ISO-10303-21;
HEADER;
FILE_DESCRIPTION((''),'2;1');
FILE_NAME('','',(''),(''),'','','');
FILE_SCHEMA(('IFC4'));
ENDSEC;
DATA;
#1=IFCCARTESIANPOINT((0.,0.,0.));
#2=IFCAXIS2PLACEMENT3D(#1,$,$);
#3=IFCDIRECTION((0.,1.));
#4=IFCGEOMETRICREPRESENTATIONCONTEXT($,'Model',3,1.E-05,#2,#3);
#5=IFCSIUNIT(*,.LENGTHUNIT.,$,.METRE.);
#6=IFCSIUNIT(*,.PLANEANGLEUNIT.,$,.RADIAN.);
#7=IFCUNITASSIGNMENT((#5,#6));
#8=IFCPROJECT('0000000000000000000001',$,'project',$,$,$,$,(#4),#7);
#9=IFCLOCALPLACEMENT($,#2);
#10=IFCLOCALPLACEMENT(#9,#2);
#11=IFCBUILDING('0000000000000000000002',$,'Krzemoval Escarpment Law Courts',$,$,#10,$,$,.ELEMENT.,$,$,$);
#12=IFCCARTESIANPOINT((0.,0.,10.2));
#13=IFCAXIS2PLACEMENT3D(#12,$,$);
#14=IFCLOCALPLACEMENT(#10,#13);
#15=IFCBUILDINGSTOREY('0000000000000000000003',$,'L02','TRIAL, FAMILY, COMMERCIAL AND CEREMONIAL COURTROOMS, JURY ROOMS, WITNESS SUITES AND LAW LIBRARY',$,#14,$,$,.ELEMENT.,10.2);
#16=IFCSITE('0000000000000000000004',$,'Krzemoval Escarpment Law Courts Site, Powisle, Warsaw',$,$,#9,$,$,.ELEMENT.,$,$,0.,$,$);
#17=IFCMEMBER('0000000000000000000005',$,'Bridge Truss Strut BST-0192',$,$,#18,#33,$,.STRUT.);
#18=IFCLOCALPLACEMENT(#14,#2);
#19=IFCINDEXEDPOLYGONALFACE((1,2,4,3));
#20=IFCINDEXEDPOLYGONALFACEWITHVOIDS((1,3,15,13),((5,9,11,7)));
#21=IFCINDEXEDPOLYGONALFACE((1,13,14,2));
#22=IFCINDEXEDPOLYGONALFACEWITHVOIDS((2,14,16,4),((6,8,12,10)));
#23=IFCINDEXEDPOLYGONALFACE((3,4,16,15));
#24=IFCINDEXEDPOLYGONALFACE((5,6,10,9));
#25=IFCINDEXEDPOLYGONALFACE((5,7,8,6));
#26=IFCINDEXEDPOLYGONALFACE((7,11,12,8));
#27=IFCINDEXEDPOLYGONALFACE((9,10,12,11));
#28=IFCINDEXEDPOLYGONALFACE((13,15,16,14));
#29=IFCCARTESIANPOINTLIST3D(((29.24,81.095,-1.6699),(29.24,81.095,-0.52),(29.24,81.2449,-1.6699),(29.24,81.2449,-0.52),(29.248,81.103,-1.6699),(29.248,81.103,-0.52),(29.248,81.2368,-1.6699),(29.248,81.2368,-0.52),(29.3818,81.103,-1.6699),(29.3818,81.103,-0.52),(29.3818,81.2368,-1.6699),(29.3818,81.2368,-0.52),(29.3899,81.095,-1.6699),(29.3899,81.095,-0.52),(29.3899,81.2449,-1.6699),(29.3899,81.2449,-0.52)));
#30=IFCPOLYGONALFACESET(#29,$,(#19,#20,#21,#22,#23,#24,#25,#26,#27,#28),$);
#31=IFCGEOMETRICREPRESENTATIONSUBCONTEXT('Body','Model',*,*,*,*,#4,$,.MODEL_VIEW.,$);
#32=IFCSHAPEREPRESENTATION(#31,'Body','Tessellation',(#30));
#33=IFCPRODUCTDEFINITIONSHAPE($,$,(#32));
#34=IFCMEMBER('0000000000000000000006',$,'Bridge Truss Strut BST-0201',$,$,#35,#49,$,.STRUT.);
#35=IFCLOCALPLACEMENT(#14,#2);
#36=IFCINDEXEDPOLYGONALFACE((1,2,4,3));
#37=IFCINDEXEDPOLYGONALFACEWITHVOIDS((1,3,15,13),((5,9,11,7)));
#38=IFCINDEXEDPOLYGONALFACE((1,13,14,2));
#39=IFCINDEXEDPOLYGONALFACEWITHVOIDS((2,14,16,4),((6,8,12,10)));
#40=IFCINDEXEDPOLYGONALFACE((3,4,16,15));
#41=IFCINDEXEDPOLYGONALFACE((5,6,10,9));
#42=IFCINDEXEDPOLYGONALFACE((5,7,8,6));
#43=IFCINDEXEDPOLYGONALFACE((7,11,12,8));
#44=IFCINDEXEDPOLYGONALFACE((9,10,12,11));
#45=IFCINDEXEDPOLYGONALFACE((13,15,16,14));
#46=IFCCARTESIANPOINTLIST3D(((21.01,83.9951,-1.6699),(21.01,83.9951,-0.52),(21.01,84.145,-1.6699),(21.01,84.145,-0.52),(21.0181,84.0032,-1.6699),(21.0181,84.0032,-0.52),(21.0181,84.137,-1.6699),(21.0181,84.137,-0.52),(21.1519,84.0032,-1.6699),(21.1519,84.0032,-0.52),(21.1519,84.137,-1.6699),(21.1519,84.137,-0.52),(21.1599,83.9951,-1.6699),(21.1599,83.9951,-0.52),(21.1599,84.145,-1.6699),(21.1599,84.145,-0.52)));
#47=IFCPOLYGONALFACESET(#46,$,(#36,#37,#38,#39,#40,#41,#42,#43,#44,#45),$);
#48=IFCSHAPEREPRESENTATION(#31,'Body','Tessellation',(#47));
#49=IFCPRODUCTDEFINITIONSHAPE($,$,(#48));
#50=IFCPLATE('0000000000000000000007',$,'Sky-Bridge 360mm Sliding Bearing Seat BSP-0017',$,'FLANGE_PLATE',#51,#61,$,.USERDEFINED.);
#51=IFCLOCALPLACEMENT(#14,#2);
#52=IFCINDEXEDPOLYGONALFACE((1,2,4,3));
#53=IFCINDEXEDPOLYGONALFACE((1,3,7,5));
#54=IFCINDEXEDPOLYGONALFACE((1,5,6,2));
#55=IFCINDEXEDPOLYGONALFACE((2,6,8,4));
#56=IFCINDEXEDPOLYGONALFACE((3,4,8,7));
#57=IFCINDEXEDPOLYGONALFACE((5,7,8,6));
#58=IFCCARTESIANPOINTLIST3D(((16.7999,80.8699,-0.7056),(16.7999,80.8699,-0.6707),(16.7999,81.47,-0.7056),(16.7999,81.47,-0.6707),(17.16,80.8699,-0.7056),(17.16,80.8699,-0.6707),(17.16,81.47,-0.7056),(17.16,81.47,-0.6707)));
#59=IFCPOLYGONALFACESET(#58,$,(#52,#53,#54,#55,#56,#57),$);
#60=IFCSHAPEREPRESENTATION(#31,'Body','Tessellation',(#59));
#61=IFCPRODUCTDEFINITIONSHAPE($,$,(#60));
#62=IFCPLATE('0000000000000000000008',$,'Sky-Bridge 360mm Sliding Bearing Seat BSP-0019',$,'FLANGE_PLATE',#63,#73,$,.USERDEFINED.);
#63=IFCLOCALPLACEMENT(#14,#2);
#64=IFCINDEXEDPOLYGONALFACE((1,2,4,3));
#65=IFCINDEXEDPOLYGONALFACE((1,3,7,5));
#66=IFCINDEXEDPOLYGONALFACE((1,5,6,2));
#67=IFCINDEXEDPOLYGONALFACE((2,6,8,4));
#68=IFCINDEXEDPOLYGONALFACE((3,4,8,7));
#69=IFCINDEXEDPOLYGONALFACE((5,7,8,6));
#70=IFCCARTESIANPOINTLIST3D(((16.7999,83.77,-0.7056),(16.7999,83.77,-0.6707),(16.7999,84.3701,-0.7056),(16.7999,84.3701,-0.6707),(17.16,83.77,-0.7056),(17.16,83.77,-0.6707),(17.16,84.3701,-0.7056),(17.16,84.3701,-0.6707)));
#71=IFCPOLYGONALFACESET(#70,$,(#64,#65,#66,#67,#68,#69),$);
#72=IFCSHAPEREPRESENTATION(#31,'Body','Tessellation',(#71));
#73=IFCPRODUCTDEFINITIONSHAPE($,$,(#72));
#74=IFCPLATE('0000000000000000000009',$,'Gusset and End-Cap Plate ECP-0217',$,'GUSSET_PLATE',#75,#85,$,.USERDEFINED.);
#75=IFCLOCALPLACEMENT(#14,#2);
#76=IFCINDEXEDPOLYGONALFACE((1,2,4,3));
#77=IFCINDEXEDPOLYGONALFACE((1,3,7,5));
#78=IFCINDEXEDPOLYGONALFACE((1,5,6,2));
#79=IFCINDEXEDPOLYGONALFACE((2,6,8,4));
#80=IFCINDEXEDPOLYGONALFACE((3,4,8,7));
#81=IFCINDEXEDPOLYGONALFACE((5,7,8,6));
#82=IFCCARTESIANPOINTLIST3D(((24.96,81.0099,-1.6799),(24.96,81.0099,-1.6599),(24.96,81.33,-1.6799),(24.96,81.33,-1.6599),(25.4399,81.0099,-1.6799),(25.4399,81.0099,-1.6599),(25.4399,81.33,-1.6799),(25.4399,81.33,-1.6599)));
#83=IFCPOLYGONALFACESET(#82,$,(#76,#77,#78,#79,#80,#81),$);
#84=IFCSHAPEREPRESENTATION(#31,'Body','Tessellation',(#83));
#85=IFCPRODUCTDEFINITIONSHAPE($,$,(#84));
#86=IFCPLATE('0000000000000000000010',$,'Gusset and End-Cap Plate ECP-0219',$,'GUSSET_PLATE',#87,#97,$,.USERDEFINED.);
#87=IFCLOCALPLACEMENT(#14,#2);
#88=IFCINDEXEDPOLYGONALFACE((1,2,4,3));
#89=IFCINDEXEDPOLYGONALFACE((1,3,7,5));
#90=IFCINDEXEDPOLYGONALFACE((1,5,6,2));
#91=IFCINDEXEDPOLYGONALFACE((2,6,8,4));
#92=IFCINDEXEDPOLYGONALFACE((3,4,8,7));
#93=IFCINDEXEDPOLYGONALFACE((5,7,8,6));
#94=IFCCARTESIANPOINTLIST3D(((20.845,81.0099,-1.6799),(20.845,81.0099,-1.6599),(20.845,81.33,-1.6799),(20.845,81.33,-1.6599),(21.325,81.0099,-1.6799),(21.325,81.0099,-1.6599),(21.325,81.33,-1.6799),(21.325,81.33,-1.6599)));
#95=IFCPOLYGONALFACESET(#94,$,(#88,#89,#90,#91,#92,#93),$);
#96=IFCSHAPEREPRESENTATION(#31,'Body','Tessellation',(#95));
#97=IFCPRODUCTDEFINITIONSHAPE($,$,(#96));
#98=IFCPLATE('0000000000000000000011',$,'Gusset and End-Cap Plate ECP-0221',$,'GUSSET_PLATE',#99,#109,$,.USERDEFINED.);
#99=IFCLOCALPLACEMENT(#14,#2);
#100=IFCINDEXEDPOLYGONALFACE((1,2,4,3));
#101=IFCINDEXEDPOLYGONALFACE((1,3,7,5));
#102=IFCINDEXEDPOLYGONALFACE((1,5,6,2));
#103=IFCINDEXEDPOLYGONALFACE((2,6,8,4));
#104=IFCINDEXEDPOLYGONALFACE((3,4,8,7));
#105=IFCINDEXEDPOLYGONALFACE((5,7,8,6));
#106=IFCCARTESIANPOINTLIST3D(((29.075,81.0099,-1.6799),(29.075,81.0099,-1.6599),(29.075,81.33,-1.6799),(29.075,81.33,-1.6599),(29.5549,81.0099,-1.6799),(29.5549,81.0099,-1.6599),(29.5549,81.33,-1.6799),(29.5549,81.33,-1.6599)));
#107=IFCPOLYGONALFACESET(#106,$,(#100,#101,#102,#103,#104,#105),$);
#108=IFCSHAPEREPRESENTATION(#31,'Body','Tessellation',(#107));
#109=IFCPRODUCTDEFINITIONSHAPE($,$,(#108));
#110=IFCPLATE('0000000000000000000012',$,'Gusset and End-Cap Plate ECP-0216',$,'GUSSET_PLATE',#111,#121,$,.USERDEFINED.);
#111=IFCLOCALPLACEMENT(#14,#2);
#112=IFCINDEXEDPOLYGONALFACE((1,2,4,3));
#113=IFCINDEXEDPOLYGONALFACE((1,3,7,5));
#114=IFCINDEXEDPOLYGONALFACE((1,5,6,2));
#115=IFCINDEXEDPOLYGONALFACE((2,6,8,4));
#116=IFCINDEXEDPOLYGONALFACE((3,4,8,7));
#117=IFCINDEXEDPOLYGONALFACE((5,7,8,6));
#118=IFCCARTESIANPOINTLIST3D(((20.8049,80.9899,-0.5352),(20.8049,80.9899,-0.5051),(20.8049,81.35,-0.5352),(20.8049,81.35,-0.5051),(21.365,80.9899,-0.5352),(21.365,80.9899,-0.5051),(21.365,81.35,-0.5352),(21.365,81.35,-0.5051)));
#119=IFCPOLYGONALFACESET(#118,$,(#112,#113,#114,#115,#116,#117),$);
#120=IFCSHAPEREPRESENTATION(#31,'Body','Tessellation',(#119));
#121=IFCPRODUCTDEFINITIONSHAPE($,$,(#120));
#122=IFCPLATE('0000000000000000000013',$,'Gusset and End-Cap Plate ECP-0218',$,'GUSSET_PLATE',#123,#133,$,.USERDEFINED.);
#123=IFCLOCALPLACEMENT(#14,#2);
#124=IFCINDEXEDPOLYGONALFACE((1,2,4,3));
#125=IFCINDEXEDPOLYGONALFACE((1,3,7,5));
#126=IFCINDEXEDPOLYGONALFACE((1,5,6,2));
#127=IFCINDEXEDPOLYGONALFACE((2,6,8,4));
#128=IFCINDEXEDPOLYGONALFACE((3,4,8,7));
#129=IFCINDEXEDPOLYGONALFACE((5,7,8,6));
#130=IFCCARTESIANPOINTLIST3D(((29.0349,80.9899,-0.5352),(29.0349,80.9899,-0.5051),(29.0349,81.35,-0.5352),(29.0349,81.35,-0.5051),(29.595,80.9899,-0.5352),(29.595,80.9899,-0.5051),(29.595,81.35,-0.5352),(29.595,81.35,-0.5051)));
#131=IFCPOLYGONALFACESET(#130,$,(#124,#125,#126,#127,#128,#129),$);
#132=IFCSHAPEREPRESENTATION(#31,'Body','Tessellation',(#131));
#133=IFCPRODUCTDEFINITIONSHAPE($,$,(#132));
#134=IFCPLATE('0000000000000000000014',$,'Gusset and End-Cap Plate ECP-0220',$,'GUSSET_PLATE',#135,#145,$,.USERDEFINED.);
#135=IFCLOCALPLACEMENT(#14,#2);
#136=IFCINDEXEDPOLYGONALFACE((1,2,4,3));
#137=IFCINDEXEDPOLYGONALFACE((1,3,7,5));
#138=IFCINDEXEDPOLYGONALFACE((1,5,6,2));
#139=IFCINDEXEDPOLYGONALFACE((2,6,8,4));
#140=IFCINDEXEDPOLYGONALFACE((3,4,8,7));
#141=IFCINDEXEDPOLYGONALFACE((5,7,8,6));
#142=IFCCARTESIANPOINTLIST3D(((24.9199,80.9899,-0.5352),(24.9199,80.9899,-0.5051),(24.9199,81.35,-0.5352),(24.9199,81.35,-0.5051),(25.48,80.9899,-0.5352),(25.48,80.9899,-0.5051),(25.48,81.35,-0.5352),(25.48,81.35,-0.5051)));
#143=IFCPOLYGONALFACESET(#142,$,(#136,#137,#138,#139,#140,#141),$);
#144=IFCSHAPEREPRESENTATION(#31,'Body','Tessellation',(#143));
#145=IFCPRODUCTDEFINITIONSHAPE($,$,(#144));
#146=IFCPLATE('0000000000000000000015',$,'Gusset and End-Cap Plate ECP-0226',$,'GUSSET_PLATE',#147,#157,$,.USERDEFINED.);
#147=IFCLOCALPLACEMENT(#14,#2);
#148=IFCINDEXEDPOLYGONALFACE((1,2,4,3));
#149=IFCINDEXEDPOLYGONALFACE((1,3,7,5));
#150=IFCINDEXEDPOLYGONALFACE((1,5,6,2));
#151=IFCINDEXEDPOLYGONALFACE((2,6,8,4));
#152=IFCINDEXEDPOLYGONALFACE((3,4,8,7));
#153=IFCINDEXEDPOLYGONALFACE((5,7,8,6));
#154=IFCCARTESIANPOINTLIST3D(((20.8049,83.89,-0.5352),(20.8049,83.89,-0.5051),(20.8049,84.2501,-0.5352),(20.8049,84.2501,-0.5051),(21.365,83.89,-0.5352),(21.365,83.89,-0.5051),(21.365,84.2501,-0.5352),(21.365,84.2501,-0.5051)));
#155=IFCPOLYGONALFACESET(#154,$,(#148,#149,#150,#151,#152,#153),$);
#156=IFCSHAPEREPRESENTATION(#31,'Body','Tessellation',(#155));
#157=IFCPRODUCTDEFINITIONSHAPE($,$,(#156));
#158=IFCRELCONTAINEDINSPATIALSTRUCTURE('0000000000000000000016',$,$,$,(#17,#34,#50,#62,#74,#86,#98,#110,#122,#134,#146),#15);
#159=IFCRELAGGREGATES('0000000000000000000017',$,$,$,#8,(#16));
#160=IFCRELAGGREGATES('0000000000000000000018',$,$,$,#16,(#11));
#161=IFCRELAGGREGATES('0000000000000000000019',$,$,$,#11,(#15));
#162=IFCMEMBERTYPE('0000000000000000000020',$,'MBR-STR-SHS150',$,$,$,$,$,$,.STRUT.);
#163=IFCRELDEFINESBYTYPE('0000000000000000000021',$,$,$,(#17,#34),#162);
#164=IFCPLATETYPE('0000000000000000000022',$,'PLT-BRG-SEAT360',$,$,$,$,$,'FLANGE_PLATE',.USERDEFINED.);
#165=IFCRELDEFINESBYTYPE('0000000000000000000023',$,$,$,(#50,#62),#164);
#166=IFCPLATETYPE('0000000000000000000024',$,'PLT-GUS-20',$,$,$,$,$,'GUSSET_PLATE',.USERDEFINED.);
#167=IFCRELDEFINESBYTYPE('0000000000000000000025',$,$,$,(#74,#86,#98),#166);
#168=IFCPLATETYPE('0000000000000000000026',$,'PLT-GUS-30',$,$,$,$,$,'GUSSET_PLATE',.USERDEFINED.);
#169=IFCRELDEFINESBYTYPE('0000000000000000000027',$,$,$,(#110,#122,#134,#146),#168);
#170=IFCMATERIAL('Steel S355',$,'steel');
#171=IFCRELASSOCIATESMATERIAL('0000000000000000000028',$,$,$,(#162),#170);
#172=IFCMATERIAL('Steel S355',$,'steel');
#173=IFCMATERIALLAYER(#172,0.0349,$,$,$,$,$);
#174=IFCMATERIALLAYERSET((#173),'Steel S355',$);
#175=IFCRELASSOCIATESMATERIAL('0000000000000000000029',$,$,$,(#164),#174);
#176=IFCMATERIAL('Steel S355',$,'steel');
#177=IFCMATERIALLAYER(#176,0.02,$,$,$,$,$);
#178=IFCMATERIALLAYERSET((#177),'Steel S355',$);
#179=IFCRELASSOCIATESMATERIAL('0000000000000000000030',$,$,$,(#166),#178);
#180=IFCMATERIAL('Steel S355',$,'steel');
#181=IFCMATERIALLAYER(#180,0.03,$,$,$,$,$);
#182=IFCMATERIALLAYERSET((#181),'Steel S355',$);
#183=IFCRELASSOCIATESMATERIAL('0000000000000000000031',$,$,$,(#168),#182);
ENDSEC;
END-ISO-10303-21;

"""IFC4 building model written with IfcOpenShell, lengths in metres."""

from ifc_helpers import new_model, si_unit, direction, frame, origin, origin_2d, place, context, subcontext, project, spatial, rectangle, hollow_rectangle, extrude, material, layer, layer_set, material_profile, profile_set, type_object, element, save


model = new_model("IFC4")

# Units and contexts
model_context = context("Model", 3, precision=1e-05, world=origin(), true_north=direction((0.0, 1.0)))
body_context = subcontext(model_context, "Body", "Model", "MODEL_VIEW")
ifc_project = project(units=[si_unit("LENGTHUNIT", "METRE"), si_unit("PLANEANGLEUNIT", "RADIAN")], contexts=[model_context])

# Site, building, storey
site_placement = place(None, origin())
site = spatial("IfcSite", under=ifc_project, at=site_placement, Name="Krzemoval Escarpment Law Courts Site, Powisle, Warsaw", CompositionType="ELEMENT", RefElevation=0.0)
building_placement = place(site_placement, origin())
building = spatial("IfcBuilding", under=site, at=building_placement, Name="Krzemoval Escarpment Law Courts", CompositionType="ELEMENT")
storey_placement = place(building_placement, frame((0.0, 0.0, 10.2)))
storey = spatial("IfcBuildingStorey", under=building, at=storey_placement, Name="L02", Description="TRIAL, FAMILY, COMMERCIAL AND CEREMONIAL COURTROOMS, JURY ROOMS, WITNESS SUITES AND LAW LIBRARY", CompositionType="ELEMENT", Elevation=10.2)

# Members
ifc_material_1 = material(Name="Steel S355", Category="steel")
ifc_material_profile_1 = material_profile(ifc_material_1, hollow_rectangle(XDim=0.1499, YDim=0.1499, WallThickness=0.0081, at=origin_2d()), Name="SHS 150x150x8")
ifc_profile_set_1 = profile_set([ifc_material_profile_1], Name="Steel S355")
member_type_1 = type_object("IfcMemberType", Name="MBR-STR-SHS150", PredefinedType="STRUT", material=ifc_profile_set_1)
for number, where, z_axis, x_axis, name in (
    (1, (29.3149, 81.1699, -1.6699), (0.0, 0.0, 1.0), (1.0, 0.0, 0.0), "Bridge Truss Strut BST-0192"),
    (2, (21.085, 84.0701, -1.6699), (0.0, 0.0, 1.0), (1.0, 0.0, 0.0), "Bridge Truss Strut BST-0201"),
):
    element("IfcMember", number, at=place(storey_placement, frame(where, z_axis=z_axis, x_axis=x_axis)), inside=storey, type_object=member_type_1, Name=name, PredefinedType="STRUT", context=body_context, shape_type="SweptSolid", body=[
        extrude(hollow_rectangle(XDim=0.1499, YDim=0.1499, WallThickness=0.0081, at=origin_2d()), origin(), (0.0, 0.0, 1.0), 1.1499),
    ])

# Plates
ifc_material_2 = material(Name="Steel S355", Category="steel")
ifc_layer_1 = layer(ifc_material_2, 0.0349)
ifc_layer_set_1 = layer_set([ifc_layer_1], Name="Steel S355")
plate_type_1 = type_object("IfcPlateType", Name="PLT-BRG-SEAT360", ElementType="FLANGE_PLATE", PredefinedType="USERDEFINED", material=ifc_layer_set_1)
for number, where, z_axis, x_axis, name in (
    (3, (16.98, 81.1699, -0.7056), (0.0, 0.0, 1.0), (1.0, 0.0, 0.0), "Sky-Bridge 360mm Sliding Bearing Seat BSP-0017"),
    (4, (16.98, 84.0701, -0.7056), (0.0, 0.0, 1.0), (1.0, 0.0, 0.0), "Sky-Bridge 360mm Sliding Bearing Seat BSP-0019"),
):
    element("IfcPlate", number, at=place(storey_placement, frame(where, z_axis=z_axis, x_axis=x_axis)), inside=storey, type_object=plate_type_1, Name=name, ObjectType="FLANGE_PLATE", PredefinedType="USERDEFINED", context=body_context, shape_type="SweptSolid", body=[
        extrude(rectangle(XDim=0.3601, YDim=0.6001, at=origin_2d()), origin(), (0.0, 0.0, 1.0), 0.0349),
    ])
ifc_material_3 = material(Name="Steel S355", Category="steel")
ifc_layer_2 = layer(ifc_material_3, 0.02)
ifc_layer_set_2 = layer_set([ifc_layer_2], Name="Steel S355")
plate_type_2 = type_object("IfcPlateType", Name="PLT-GUS-20", ElementType="GUSSET_PLATE", PredefinedType="USERDEFINED", material=ifc_layer_set_2)
for number, where, z_axis, x_axis, name in (
    (5, (25.2, 81.1699, -1.6799), (0.0, 0.0, 1.0), (1.0, 0.0, 0.0), "Gusset and End-Cap Plate ECP-0217"),
    (6, (21.085, 81.1699, -1.6799), (0.0, 0.0, 1.0), (1.0, 0.0, 0.0), "Gusset and End-Cap Plate ECP-0219"),
    (7, (29.3149, 81.1699, -1.6799), (0.0, 0.0, 1.0), (1.0, 0.0, 0.0), "Gusset and End-Cap Plate ECP-0221"),
):
    element("IfcPlate", number, at=place(storey_placement, frame(where, z_axis=z_axis, x_axis=x_axis)), inside=storey, type_object=plate_type_2, Name=name, ObjectType="GUSSET_PLATE", PredefinedType="USERDEFINED", context=body_context, shape_type="SweptSolid", body=[
        extrude(rectangle(XDim=0.48, YDim=0.3201, at=origin_2d()), origin(), (0.0, 0.0, 1.0), 0.02),
    ])
ifc_material_4 = material(Name="Steel S355", Category="steel")
ifc_layer_3 = layer(ifc_material_4, 0.03)
ifc_layer_set_3 = layer_set([ifc_layer_3], Name="Steel S355")
plate_type_3 = type_object("IfcPlateType", Name="PLT-GUS-30", ElementType="GUSSET_PLATE", PredefinedType="USERDEFINED", material=ifc_layer_set_3)
for number, where, z_axis, x_axis, name in (
    (8, (21.085, 81.1699, -0.5352), (0.0, 0.0, 1.0), (1.0, 0.0, 0.0), "Gusset and End-Cap Plate ECP-0216"),
    (9, (29.3149, 81.1699, -0.5352), (0.0, 0.0, 1.0), (1.0, 0.0, 0.0), "Gusset and End-Cap Plate ECP-0218"),
    (10, (25.2, 81.1699, -0.5352), (0.0, 0.0, 1.0), (1.0, 0.0, 0.0), "Gusset and End-Cap Plate ECP-0220"),
    (11, (21.085, 84.0701, -0.5352), (0.0, 0.0, 1.0), (1.0, 0.0, 0.0), "Gusset and End-Cap Plate ECP-0226"),
):
    element("IfcPlate", number, at=place(storey_placement, frame(where, z_axis=z_axis, x_axis=x_axis)), inside=storey, type_object=plate_type_3, Name=name, ObjectType="GUSSET_PLATE", PredefinedType="USERDEFINED", context=body_context, shape_type="SweptSolid", body=[
        extrude(rectangle(XDim=0.5601, YDim=0.3601, at=origin_2d()), origin(), (0.0, 0.0, 1.0), 0.03),
    ])

save(model, "model.ifc")
